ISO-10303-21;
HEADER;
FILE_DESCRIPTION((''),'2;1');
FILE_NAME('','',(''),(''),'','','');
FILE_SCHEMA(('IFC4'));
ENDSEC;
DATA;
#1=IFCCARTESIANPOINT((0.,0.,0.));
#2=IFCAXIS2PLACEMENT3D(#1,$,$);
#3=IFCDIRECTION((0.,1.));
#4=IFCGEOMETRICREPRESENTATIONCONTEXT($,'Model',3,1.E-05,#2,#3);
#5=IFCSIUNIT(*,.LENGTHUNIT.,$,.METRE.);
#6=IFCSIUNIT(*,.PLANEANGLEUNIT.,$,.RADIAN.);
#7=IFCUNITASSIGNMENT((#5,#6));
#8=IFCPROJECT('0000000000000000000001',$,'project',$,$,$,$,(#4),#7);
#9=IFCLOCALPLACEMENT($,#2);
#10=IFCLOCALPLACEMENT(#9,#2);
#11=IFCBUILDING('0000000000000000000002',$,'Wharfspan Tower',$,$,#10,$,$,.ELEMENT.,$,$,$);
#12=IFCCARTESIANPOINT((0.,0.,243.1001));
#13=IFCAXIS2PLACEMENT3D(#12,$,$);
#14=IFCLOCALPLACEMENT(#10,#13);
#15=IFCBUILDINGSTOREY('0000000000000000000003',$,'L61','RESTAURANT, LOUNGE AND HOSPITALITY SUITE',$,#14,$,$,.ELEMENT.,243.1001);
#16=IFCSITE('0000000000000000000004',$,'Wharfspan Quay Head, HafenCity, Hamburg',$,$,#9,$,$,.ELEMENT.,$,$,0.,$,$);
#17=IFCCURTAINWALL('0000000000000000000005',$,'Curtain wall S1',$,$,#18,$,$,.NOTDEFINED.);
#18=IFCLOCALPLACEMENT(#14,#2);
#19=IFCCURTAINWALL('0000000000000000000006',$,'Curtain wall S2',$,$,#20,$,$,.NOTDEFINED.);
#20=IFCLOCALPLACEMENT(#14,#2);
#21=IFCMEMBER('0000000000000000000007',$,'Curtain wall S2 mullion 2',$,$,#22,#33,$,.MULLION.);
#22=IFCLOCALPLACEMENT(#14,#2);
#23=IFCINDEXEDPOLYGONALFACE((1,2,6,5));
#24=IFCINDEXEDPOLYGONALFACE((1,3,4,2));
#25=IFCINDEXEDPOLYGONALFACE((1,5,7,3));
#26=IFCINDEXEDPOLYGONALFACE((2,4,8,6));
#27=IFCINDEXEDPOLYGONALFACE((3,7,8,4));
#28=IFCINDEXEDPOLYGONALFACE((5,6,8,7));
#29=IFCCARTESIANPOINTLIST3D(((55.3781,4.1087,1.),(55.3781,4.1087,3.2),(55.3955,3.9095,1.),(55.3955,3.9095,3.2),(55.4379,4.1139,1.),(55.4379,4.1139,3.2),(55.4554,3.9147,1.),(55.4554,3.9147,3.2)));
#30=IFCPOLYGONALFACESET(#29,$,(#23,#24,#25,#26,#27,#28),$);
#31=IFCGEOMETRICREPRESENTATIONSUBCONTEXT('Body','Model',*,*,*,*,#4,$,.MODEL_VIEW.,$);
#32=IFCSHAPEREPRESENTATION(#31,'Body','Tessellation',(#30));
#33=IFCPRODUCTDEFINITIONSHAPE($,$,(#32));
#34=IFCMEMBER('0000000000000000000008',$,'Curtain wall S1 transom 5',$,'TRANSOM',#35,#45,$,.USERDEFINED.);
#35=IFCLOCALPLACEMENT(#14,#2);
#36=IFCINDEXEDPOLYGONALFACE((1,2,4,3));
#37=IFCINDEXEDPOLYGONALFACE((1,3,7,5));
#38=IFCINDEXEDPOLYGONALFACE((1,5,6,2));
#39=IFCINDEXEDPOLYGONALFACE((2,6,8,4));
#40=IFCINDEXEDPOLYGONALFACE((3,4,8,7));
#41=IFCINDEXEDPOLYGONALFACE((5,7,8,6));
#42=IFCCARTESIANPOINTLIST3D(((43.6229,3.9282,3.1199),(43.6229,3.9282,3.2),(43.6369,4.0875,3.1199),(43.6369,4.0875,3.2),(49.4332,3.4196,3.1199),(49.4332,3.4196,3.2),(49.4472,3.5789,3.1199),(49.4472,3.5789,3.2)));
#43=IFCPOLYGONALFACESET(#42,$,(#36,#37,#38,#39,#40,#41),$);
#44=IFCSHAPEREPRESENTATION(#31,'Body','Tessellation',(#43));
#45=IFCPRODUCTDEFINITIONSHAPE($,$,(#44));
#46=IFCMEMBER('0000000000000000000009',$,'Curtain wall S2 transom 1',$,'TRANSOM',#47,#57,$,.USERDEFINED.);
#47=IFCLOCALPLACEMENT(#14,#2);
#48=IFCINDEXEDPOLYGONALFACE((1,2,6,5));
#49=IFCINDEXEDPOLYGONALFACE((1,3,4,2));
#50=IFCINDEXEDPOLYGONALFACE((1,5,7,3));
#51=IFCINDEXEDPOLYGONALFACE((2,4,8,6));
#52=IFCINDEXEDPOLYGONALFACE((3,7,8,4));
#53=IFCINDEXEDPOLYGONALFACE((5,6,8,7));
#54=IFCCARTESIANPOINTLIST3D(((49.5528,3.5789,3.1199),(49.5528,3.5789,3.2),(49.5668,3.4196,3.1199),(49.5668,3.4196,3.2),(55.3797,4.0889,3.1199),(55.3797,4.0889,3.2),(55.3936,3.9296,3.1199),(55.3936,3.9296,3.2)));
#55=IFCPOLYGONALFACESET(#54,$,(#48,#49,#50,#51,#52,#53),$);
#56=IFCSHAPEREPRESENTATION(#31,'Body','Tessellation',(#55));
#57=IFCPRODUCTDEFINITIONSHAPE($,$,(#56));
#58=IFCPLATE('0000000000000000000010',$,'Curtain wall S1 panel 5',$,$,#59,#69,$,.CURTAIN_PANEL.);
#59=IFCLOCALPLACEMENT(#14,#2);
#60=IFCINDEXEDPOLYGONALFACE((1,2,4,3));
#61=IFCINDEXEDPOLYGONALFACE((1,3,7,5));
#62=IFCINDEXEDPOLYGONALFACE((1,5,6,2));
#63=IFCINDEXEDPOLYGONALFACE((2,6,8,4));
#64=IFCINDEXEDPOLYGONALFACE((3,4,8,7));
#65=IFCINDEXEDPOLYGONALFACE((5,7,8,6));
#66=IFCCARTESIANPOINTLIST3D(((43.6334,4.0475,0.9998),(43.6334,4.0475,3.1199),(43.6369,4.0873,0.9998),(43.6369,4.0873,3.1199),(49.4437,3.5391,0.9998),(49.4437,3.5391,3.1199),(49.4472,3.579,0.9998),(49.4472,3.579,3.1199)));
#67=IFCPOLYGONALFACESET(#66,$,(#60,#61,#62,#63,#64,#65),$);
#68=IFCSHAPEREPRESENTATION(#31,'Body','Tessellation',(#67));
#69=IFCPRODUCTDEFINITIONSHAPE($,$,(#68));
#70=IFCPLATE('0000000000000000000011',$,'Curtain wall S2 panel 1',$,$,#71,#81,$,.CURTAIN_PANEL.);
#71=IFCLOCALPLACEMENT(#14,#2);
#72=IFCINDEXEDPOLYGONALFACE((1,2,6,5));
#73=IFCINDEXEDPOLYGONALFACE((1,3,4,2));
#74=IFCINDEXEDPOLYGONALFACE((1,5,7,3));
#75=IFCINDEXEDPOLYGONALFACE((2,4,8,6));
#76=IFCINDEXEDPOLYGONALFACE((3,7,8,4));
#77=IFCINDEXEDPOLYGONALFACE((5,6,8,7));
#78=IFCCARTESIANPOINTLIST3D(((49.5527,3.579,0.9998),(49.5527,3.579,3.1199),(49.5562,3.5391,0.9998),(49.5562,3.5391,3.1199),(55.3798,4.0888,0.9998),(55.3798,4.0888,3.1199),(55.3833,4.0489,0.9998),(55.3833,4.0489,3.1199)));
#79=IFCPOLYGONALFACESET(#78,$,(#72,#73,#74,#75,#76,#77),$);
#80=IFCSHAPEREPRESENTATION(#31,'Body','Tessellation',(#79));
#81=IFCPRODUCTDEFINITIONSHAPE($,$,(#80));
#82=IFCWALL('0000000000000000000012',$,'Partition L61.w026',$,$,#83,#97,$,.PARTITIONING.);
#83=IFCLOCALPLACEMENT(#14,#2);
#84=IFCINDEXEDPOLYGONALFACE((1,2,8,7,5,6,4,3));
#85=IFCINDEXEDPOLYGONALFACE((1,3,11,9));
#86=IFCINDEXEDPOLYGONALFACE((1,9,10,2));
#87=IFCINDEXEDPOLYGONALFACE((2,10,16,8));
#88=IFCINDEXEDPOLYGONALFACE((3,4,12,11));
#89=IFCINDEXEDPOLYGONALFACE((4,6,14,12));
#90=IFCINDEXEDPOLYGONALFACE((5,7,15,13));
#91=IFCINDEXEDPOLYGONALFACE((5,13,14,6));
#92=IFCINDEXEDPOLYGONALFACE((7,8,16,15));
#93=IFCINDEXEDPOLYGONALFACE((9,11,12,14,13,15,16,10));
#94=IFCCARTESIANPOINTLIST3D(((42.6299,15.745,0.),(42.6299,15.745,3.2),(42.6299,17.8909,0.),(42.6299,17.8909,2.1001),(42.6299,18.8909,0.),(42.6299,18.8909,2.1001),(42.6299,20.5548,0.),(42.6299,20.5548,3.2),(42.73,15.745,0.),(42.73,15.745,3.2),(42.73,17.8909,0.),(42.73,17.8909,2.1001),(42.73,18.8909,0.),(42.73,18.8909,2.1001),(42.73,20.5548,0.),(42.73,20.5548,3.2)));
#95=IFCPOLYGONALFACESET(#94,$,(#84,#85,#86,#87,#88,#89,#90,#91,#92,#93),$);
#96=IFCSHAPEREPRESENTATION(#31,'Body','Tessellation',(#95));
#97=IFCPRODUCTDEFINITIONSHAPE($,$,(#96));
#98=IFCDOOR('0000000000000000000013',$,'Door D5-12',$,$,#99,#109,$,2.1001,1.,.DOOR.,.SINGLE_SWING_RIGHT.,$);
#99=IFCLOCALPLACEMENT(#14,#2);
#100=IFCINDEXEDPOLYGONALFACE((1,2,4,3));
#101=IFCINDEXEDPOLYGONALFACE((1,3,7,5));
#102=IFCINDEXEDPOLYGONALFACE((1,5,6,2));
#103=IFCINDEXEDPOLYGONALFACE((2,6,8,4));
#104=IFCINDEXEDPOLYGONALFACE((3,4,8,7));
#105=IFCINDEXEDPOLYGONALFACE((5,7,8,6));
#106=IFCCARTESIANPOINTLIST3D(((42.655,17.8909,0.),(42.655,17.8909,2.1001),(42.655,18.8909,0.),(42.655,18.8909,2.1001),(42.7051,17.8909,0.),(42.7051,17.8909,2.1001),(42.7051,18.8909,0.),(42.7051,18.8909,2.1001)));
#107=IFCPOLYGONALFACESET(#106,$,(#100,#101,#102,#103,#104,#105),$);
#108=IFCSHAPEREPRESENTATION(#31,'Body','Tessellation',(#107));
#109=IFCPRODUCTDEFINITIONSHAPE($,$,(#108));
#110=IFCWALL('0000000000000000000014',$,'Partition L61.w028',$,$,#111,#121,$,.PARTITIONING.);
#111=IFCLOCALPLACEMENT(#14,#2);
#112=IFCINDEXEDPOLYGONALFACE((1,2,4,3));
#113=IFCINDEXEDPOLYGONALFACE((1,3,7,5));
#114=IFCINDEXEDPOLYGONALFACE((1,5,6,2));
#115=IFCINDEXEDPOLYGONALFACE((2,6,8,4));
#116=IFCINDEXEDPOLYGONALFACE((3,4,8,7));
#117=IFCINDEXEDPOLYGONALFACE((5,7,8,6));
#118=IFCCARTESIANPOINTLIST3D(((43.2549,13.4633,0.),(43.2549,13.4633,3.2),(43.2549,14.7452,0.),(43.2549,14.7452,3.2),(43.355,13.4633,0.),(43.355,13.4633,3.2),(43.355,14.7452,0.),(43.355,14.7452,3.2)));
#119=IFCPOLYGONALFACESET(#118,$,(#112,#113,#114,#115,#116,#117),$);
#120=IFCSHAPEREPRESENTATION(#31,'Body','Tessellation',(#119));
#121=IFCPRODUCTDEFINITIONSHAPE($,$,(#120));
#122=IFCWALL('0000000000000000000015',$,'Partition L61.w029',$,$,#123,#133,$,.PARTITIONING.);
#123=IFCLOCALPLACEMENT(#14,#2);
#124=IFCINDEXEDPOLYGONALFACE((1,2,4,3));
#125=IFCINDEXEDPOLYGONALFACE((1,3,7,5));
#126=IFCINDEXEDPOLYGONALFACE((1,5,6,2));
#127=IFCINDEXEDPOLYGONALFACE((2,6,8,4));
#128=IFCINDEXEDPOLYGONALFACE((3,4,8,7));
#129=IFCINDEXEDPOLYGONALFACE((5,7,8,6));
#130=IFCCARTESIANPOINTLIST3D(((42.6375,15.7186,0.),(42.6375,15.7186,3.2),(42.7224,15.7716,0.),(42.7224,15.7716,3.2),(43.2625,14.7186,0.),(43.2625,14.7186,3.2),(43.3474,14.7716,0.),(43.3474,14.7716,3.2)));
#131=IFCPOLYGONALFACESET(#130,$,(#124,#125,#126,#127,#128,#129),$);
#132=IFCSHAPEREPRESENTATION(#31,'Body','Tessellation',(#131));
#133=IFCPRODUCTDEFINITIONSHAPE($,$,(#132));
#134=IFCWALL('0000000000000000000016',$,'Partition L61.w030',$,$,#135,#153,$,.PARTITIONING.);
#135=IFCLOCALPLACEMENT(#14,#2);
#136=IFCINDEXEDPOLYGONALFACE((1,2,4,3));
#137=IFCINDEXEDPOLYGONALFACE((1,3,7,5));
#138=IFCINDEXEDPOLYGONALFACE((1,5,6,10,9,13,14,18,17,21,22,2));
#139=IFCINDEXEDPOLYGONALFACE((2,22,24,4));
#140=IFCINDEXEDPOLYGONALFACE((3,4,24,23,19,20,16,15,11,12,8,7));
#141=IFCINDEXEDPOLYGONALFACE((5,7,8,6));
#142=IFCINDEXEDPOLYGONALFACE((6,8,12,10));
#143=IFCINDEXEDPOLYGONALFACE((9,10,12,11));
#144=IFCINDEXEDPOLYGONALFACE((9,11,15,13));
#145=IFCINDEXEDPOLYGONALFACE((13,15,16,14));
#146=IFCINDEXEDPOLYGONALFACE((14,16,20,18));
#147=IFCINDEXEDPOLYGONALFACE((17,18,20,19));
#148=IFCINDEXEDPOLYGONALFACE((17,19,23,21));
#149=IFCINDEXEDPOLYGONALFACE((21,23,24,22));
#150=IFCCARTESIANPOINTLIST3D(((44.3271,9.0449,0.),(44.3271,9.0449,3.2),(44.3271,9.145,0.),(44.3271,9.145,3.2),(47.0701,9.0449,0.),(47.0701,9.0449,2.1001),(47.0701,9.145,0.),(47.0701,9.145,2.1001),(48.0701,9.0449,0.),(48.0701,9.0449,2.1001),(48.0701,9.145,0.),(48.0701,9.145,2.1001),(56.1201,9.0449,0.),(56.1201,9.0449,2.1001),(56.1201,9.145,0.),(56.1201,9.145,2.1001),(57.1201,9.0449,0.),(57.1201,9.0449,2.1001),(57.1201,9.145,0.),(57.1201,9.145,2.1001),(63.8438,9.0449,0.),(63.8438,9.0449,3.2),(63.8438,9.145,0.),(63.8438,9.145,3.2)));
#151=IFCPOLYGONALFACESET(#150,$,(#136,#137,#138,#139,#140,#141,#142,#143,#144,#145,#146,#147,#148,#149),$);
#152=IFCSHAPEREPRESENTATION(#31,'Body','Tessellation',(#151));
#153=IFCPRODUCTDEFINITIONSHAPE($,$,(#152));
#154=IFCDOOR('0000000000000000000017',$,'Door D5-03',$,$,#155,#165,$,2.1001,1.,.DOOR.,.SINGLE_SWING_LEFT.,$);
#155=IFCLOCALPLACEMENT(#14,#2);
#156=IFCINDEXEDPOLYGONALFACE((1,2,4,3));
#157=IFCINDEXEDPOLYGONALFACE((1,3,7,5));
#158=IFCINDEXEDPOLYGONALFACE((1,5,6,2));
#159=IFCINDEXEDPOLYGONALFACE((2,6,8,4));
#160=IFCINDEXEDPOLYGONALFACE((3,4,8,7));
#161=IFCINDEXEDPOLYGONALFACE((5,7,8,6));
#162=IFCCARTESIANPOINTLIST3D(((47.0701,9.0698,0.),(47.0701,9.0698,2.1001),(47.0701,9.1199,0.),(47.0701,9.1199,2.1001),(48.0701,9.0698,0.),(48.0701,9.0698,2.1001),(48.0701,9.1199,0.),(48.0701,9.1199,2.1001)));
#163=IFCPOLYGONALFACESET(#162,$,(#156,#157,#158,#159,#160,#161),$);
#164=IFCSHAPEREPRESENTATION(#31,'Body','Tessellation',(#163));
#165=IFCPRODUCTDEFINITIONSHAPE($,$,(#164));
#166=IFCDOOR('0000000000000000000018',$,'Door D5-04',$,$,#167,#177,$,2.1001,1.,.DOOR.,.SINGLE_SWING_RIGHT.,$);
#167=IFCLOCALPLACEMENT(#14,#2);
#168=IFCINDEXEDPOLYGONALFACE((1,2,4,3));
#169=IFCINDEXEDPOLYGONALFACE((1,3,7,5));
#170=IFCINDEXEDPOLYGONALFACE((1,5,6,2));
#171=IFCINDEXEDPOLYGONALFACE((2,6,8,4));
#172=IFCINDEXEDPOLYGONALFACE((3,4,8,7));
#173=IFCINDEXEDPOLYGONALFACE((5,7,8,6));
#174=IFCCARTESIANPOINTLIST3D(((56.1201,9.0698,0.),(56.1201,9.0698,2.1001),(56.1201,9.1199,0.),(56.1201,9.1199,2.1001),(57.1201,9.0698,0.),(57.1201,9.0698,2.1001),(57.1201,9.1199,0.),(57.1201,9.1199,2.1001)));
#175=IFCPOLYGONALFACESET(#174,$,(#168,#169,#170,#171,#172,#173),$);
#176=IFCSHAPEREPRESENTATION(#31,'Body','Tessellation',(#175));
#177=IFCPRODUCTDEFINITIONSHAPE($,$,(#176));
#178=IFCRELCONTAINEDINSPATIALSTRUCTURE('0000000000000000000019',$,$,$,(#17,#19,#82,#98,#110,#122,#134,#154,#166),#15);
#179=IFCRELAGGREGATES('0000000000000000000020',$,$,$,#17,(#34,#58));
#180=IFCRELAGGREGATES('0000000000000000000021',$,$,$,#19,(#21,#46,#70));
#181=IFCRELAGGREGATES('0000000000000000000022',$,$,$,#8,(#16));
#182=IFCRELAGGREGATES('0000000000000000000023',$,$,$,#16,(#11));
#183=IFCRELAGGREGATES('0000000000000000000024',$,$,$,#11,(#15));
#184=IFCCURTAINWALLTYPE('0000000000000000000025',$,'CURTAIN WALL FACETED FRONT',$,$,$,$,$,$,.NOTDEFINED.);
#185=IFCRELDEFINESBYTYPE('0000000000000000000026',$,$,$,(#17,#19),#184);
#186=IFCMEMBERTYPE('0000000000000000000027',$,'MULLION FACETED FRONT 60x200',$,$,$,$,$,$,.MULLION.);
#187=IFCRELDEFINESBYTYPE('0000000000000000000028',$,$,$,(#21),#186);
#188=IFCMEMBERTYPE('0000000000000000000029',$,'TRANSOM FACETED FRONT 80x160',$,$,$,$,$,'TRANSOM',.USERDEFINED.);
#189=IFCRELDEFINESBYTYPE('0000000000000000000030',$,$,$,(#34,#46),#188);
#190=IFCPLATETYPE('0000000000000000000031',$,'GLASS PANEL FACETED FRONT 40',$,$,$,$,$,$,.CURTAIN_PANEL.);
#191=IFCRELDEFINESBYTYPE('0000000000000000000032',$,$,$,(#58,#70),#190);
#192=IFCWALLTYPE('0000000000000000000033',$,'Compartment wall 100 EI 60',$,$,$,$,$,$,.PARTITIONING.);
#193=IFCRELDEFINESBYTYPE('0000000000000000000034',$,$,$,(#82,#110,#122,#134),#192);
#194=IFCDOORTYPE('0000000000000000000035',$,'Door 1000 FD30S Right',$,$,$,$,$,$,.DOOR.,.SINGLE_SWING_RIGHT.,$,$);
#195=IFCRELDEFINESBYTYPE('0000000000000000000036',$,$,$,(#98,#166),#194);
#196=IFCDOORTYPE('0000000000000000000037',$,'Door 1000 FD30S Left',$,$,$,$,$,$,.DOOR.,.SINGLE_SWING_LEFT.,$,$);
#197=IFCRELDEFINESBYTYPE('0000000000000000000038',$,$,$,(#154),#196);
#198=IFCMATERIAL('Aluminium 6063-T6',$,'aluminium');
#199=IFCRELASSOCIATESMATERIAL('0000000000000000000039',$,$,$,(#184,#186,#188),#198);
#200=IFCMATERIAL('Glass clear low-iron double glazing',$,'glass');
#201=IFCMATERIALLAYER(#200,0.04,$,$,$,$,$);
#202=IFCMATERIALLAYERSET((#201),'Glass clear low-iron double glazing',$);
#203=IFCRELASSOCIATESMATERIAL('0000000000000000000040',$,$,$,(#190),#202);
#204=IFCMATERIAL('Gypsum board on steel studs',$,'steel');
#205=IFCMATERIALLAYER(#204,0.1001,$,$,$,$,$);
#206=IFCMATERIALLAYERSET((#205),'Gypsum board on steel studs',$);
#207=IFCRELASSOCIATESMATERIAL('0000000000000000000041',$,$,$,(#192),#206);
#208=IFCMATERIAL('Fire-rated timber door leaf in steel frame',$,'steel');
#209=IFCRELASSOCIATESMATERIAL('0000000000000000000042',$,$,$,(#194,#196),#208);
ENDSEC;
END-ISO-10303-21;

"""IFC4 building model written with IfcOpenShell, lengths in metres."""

from ifc_helpers import new_model, si_unit, direction, frame, frame_2d, origin, origin_2d, place, context, subcontext, project, spatial, rectangle, extrude, material, layer, layer_set, material_profile, profile_set, type_object, element, fill, aggregate, save


model = new_model("IFC4")

# Units and contexts
model_context = context("Model", 3, precision=1e-05, world=origin(), true_north=direction((0.0, 1.0)))
body_context = subcontext(model_context, "Body", "Model", "MODEL_VIEW")
ifc_project = project(units=[si_unit("LENGTHUNIT", "METRE"), si_unit("PLANEANGLEUNIT", "RADIAN")], contexts=[model_context])

# Site, building, storey
site_placement = place(None, origin())
site = spatial("IfcSite", under=ifc_project, at=site_placement, Name="Wharfspan Quay Head, HafenCity, Hamburg", CompositionType="ELEMENT", RefElevation=0.0)
building_placement = place(site_placement, origin())
building = spatial("IfcBuilding", under=site, at=building_placement, Name="Wharfspan Tower", CompositionType="ELEMENT")
storey_placement = place(building_placement, frame((0.0, 0.0, 243.1001)))
storey = spatial("IfcBuildingStorey", under=building, at=storey_placement, Name="L61", Description="RESTAURANT, LOUNGE AND HOSPITALITY SUITE", CompositionType="ELEMENT", Elevation=243.1001)

# Curtain walls, member
ifc_material_1 = material(Name="Aluminium 6063-T6", Category="aluminium")
curtain_wall_type = type_object("IfcCurtainWallType", Name="CURTAIN WALL FACETED FRONT", PredefinedType="NOTDEFINED", material=ifc_material_1)
curtain_wall_1_placement = place(storey_placement, origin())
curtain_wall_1 = element("IfcCurtainWall", 1, at=curtain_wall_1_placement, inside=storey, type_object=curtain_wall_type, Name="Curtain wall S1", PredefinedType="NOTDEFINED")
ifc_material_profile_1 = material_profile(ifc_material_1, rectangle(XDim=0.2, YDim=0.0601, at=origin_2d()))
ifc_profile_set_1 = profile_set([ifc_material_profile_1], Name="Aluminium 6063-T6")
member_type_1 = type_object("IfcMemberType", Name="MULLION FACETED FRONT 60x200", PredefinedType="MULLION", material=ifc_profile_set_1)
curtain_wall_2_placement = place(storey_placement, origin())
curtain_wall_2 = element("IfcCurtainWall", 2, at=curtain_wall_2_placement, inside=storey, type_object=curtain_wall_type, Name="Curtain wall S2", PredefinedType="NOTDEFINED")
member_1_placement = place(storey_placement, frame((55.4167, 4.0117, 1.0), z_axis=(0.0, 0.0, 1.0), x_axis=(-0.087156, 0.996197, 0.0)))
member_1 = element("IfcMember", 3, at=member_1_placement, type_object=member_type_1, Name="Curtain wall S2 mullion 2", PredefinedType="MULLION", context=body_context, shape_type="SweptSolid", body=[
    extrude(rectangle(XDim=0.2, YDim=0.0601, at=origin_2d()), origin(), (0.0, 0.0, 1.0), 2.2),
])

# Members
ifc_material_profile_2 = material_profile(ifc_material_1, rectangle(XDim=0.1599, YDim=0.0801, at=origin_2d()))
ifc_profile_set_2 = profile_set([ifc_material_profile_2], Name="Aluminium 6063-T6")
member_type_2 = type_object("IfcMemberType", Name="TRANSOM FACETED FRONT 80x160", ElementType="TRANSOM", PredefinedType="USERDEFINED", material=ifc_profile_set_2)
member_2_placement = place(storey_placement, frame((43.6299, 4.0078, 3.1599), z_axis=(0.996192, -0.087191, 0.0), x_axis=(0.087191, 0.996192, 0.0)))
member_2 = element("IfcMember", 4, at=member_2_placement, type_object=member_type_2, Name="Curtain wall S1 transom 5", ObjectType="TRANSOM", PredefinedType="USERDEFINED", context=body_context, shape_type="SweptSolid", body=[
    extrude(rectangle(XDim=0.1599, YDim=0.0801, at=origin_2d()), origin(), (0.0, 0.0, 1.0), 5.8325),
])
member_3_placement = place(storey_placement, frame((49.5598, 3.4993, 3.1599), z_axis=(0.996191, 0.087193, 0.0), x_axis=(-0.087193, 0.996191, 0.0)))
member_3 = element("IfcMember", 5, at=member_3_placement, type_object=member_type_2, Name="Curtain wall S2 transom 1", ObjectType="TRANSOM", PredefinedType="USERDEFINED", context=body_context, shape_type="SweptSolid", body=[
    extrude(rectangle(XDim=0.1599, YDim=0.0801, at=origin_2d()), origin(), (0.0, 0.0, 1.0), 5.8491),
])

# Plates
ifc_material_2 = material(Name="Glass clear low-iron double glazing", Category="glass")
ifc_layer_1 = layer(ifc_material_2, 0.04)
ifc_layer_set_1 = layer_set([ifc_layer_1], Name="Glass clear low-iron double glazing")
plate_type = type_object("IfcPlateType", Name="GLASS PANEL FACETED FRONT 40", PredefinedType="CURTAIN_PANEL", material=ifc_layer_set_1)
plate_1_placement = place(storey_placement, frame((46.5403, 3.8132, 0.9998), z_axis=(0.0, 0.0, 1.0), x_axis=(0.996197, -0.087156, 0.0)))
plate_1 = element("IfcPlate", 6, at=plate_1_placement, type_object=plate_type, Name="Curtain wall S1 panel 5", PredefinedType="CURTAIN_PANEL", context=body_context, shape_type="SweptSolid", body=[
    extrude(rectangle(XDim=5.8325, YDim=0.04, at=origin_2d()), origin(), (0.0, 0.0, 1.0), 2.1201),
])
aggregate(curtain_wall_1, [member_2, plate_1])
plate_2_placement = place(storey_placement, frame((52.468, 3.814, 0.9998), z_axis=(0.0, 0.0, 1.0), x_axis=(0.996197, 0.087156, 0.0)))
plate_2 = element("IfcPlate", 7, at=plate_2_placement, type_object=plate_type, Name="Curtain wall S2 panel 1", PredefinedType="CURTAIN_PANEL", context=body_context, shape_type="SweptSolid", body=[
    extrude(rectangle(XDim=5.8494, YDim=0.04, at=origin_2d()), origin(), (0.0, 0.0, 1.0), 2.1201),
])
aggregate(curtain_wall_2, [member_1, member_3, plate_2])

# Wall, opening, door
ifc_material_3 = material(Name="Gypsum board on steel studs", Category="steel")
ifc_layer_2 = layer(ifc_material_3, 0.1001)
ifc_layer_set_2 = layer_set([ifc_layer_2], Name="Gypsum board on steel studs")
wall_type_1 = type_object("IfcWallType", Name="Compartment wall 100 EI 60", PredefinedType="PARTITIONING", material=ifc_layer_set_2)
wall_1_placement = place(storey_placement, frame((42.6799, 15.7451, 0.0), z_axis=(0.0, 0.0, 1.0), x_axis=(0.0, 1.0, 0.0)))
wall_1 = element("IfcWall", 8, at=wall_1_placement, inside=storey, type_object=wall_type_1, Name="Partition L61.w026", PredefinedType="PARTITIONING", context=body_context, shape_type="SweptSolid", body=[
    extrude(rectangle(XDim=4.8098, YDim=0.1001, at=frame_2d((2.4048, 0.0))), origin(), (0.0, 0.0, 1.0), 3.2),
])
opening_1_placement = place(wall_1_placement, frame((2.1458, 0.0, 0.0)))
opening_1 = element("IfcOpeningElement", 9, at=opening_1_placement, cuts=wall_1, PredefinedType="OPENING", context=body_context, shape_type="SweptSolid", body=[
    extrude(rectangle(XDim=1.0, YDim=2.1001, at=frame_2d((0.5, 1.05))), frame((0.0, 0.0601, 0.0), z_axis=(0.0, -1.0, 0.0), x_axis=(1.0, 0.0, 0.0)), (0.0, 0.0, 1.0), 0.1201),
])
ifc_material_4 = material(Name="Fire-rated timber door leaf in steel frame", Category="steel")
door_type_1 = type_object("IfcDoorType", Name="Door 1000 FD30S Right", OperationType="SINGLE_SWING_RIGHT", PredefinedType="DOOR", material=ifc_material_4)
door_1_placement = place(opening_1_placement, origin())
door_1 = element("IfcDoor", 10, at=door_1_placement, inside=storey, type_object=door_type_1, Name="Door D5-12", OperationType="SINGLE_SWING_RIGHT", OverallHeight=2.1001, OverallWidth=1.0, PredefinedType="DOOR", context=body_context, shape_type="SweptSolid", body=[
    extrude(rectangle(XDim=1.0, YDim=2.1001, at=frame_2d((0.5, 1.05))), frame((0.0, 0.0249, 0.0), z_axis=(0.0, -1.0, 0.0), x_axis=(1.0, 0.0, 0.0)), (0.0, 0.0, 1.0), 0.05),
])
fill(opening_1, door_1)

# Walls
wall_2_placement = place(storey_placement, frame((43.3049, 13.4631, 0.0), z_axis=(0.0, 0.0, 1.0), x_axis=(0.0, 1.0, 0.0)))
element("IfcWall", 11, at=wall_2_placement, inside=storey, type_object=wall_type_1, Name="Partition L61.w028", PredefinedType="PARTITIONING", context=body_context, shape_type="SweptSolid", body=[
    extrude(rectangle(XDim=1.282, YDim=0.1001, at=frame_2d((0.6411, 0.0))), origin(), (0.0, 0.0, 1.0), 3.2),
])
wall_3_placement = place(storey_placement, frame((43.3049, 14.7451, 0.0), z_axis=(0.0, 0.0, 1.0), x_axis=(-0.53, 0.848, 0.0)))
element("IfcWall", 12, at=wall_3_placement, inside=storey, type_object=wall_type_1, Name="Partition L61.w029", PredefinedType="PARTITIONING", context=body_context, shape_type="SweptSolid", body=[
    extrude(rectangle(XDim=1.1792, YDim=0.1001, at=frame_2d((0.5896, 0.0))), origin(), (0.0, 0.0, 1.0), 3.2),
])

# Wall, openings, doors
wall_4_placement = place(storey_placement, frame((44.3271, 9.095, 0.0), z_axis=(0.0, 0.0, 1.0), x_axis=(1.0, 0.0, 0.0)))
wall_4 = element("IfcWall", 13, at=wall_4_placement, inside=storey, type_object=wall_type_1, Name="Partition L61.w030", PredefinedType="PARTITIONING", context=body_context, shape_type="SweptSolid", body=[
    extrude(rectangle(XDim=19.5166, YDim=0.1001, at=frame_2d((9.7583, 0.0))), origin(), (0.0, 0.0, 1.0), 3.2),
])
opening_2_placement = place(wall_4_placement, frame((2.7429, 0.0, 0.0)))
opening_2 = element("IfcOpeningElement", 14, at=opening_2_placement, cuts=wall_4, PredefinedType="OPENING", context=body_context, shape_type="SweptSolid", body=[
    extrude(rectangle(XDim=1.0, YDim=2.1001, at=frame_2d((0.5, 1.05))), frame((0.0, 0.0601, 0.0), z_axis=(0.0, -1.0, 0.0), x_axis=(1.0, 0.0, 0.0)), (0.0, 0.0, 1.0), 0.1201),
])
opening_3_placement = place(wall_4_placement, frame((11.793, 0.0, 0.0)))
opening_3 = element("IfcOpeningElement", 15, at=opening_3_placement, cuts=wall_4, PredefinedType="OPENING", context=body_context, shape_type="SweptSolid", body=[
    extrude(rectangle(XDim=1.0, YDim=2.1001, at=frame_2d((0.5, 1.05))), frame((0.0, 0.0601, 0.0), z_axis=(0.0, -1.0, 0.0), x_axis=(1.0, 0.0, 0.0)), (0.0, 0.0, 1.0), 0.1201),
])
door_type_2 = type_object("IfcDoorType", Name="Door 1000 FD30S Left", OperationType="SINGLE_SWING_LEFT", PredefinedType="DOOR", material=ifc_material_4)
door_2_placement = place(opening_2_placement, origin())
door_2 = element("IfcDoor", 16, at=door_2_placement, inside=storey, type_object=door_type_2, Name="Door D5-03", OperationType="SINGLE_SWING_LEFT", OverallHeight=2.1001, OverallWidth=1.0, PredefinedType="DOOR", context=body_context, shape_type="SweptSolid", body=[
    extrude(rectangle(XDim=1.0, YDim=2.1001, at=frame_2d((0.5, 1.05))), frame((0.0, 0.0249, 0.0), z_axis=(0.0, -1.0, 0.0), x_axis=(1.0, 0.0, 0.0)), (0.0, 0.0, 1.0), 0.05),
])
fill(opening_2, door_2)
door_3_placement = place(opening_3_placement, origin())
door_3 = element("IfcDoor", 17, at=door_3_placement, inside=storey, type_object=door_type_1, Name="Door D5-04", OperationType="SINGLE_SWING_RIGHT", OverallHeight=2.1001, OverallWidth=1.0, PredefinedType="DOOR", context=body_context, shape_type="SweptSolid", body=[
    extrude(rectangle(XDim=1.0, YDim=2.1001, at=frame_2d((0.5, 1.05))), frame((0.0, 0.0249, 0.0), z_axis=(0.0, -1.0, 0.0), x_axis=(1.0, 0.0, 0.0)), (0.0, 0.0, 1.0), 0.05),
])
fill(opening_3, door_3)

save(model, "model.ifc")
